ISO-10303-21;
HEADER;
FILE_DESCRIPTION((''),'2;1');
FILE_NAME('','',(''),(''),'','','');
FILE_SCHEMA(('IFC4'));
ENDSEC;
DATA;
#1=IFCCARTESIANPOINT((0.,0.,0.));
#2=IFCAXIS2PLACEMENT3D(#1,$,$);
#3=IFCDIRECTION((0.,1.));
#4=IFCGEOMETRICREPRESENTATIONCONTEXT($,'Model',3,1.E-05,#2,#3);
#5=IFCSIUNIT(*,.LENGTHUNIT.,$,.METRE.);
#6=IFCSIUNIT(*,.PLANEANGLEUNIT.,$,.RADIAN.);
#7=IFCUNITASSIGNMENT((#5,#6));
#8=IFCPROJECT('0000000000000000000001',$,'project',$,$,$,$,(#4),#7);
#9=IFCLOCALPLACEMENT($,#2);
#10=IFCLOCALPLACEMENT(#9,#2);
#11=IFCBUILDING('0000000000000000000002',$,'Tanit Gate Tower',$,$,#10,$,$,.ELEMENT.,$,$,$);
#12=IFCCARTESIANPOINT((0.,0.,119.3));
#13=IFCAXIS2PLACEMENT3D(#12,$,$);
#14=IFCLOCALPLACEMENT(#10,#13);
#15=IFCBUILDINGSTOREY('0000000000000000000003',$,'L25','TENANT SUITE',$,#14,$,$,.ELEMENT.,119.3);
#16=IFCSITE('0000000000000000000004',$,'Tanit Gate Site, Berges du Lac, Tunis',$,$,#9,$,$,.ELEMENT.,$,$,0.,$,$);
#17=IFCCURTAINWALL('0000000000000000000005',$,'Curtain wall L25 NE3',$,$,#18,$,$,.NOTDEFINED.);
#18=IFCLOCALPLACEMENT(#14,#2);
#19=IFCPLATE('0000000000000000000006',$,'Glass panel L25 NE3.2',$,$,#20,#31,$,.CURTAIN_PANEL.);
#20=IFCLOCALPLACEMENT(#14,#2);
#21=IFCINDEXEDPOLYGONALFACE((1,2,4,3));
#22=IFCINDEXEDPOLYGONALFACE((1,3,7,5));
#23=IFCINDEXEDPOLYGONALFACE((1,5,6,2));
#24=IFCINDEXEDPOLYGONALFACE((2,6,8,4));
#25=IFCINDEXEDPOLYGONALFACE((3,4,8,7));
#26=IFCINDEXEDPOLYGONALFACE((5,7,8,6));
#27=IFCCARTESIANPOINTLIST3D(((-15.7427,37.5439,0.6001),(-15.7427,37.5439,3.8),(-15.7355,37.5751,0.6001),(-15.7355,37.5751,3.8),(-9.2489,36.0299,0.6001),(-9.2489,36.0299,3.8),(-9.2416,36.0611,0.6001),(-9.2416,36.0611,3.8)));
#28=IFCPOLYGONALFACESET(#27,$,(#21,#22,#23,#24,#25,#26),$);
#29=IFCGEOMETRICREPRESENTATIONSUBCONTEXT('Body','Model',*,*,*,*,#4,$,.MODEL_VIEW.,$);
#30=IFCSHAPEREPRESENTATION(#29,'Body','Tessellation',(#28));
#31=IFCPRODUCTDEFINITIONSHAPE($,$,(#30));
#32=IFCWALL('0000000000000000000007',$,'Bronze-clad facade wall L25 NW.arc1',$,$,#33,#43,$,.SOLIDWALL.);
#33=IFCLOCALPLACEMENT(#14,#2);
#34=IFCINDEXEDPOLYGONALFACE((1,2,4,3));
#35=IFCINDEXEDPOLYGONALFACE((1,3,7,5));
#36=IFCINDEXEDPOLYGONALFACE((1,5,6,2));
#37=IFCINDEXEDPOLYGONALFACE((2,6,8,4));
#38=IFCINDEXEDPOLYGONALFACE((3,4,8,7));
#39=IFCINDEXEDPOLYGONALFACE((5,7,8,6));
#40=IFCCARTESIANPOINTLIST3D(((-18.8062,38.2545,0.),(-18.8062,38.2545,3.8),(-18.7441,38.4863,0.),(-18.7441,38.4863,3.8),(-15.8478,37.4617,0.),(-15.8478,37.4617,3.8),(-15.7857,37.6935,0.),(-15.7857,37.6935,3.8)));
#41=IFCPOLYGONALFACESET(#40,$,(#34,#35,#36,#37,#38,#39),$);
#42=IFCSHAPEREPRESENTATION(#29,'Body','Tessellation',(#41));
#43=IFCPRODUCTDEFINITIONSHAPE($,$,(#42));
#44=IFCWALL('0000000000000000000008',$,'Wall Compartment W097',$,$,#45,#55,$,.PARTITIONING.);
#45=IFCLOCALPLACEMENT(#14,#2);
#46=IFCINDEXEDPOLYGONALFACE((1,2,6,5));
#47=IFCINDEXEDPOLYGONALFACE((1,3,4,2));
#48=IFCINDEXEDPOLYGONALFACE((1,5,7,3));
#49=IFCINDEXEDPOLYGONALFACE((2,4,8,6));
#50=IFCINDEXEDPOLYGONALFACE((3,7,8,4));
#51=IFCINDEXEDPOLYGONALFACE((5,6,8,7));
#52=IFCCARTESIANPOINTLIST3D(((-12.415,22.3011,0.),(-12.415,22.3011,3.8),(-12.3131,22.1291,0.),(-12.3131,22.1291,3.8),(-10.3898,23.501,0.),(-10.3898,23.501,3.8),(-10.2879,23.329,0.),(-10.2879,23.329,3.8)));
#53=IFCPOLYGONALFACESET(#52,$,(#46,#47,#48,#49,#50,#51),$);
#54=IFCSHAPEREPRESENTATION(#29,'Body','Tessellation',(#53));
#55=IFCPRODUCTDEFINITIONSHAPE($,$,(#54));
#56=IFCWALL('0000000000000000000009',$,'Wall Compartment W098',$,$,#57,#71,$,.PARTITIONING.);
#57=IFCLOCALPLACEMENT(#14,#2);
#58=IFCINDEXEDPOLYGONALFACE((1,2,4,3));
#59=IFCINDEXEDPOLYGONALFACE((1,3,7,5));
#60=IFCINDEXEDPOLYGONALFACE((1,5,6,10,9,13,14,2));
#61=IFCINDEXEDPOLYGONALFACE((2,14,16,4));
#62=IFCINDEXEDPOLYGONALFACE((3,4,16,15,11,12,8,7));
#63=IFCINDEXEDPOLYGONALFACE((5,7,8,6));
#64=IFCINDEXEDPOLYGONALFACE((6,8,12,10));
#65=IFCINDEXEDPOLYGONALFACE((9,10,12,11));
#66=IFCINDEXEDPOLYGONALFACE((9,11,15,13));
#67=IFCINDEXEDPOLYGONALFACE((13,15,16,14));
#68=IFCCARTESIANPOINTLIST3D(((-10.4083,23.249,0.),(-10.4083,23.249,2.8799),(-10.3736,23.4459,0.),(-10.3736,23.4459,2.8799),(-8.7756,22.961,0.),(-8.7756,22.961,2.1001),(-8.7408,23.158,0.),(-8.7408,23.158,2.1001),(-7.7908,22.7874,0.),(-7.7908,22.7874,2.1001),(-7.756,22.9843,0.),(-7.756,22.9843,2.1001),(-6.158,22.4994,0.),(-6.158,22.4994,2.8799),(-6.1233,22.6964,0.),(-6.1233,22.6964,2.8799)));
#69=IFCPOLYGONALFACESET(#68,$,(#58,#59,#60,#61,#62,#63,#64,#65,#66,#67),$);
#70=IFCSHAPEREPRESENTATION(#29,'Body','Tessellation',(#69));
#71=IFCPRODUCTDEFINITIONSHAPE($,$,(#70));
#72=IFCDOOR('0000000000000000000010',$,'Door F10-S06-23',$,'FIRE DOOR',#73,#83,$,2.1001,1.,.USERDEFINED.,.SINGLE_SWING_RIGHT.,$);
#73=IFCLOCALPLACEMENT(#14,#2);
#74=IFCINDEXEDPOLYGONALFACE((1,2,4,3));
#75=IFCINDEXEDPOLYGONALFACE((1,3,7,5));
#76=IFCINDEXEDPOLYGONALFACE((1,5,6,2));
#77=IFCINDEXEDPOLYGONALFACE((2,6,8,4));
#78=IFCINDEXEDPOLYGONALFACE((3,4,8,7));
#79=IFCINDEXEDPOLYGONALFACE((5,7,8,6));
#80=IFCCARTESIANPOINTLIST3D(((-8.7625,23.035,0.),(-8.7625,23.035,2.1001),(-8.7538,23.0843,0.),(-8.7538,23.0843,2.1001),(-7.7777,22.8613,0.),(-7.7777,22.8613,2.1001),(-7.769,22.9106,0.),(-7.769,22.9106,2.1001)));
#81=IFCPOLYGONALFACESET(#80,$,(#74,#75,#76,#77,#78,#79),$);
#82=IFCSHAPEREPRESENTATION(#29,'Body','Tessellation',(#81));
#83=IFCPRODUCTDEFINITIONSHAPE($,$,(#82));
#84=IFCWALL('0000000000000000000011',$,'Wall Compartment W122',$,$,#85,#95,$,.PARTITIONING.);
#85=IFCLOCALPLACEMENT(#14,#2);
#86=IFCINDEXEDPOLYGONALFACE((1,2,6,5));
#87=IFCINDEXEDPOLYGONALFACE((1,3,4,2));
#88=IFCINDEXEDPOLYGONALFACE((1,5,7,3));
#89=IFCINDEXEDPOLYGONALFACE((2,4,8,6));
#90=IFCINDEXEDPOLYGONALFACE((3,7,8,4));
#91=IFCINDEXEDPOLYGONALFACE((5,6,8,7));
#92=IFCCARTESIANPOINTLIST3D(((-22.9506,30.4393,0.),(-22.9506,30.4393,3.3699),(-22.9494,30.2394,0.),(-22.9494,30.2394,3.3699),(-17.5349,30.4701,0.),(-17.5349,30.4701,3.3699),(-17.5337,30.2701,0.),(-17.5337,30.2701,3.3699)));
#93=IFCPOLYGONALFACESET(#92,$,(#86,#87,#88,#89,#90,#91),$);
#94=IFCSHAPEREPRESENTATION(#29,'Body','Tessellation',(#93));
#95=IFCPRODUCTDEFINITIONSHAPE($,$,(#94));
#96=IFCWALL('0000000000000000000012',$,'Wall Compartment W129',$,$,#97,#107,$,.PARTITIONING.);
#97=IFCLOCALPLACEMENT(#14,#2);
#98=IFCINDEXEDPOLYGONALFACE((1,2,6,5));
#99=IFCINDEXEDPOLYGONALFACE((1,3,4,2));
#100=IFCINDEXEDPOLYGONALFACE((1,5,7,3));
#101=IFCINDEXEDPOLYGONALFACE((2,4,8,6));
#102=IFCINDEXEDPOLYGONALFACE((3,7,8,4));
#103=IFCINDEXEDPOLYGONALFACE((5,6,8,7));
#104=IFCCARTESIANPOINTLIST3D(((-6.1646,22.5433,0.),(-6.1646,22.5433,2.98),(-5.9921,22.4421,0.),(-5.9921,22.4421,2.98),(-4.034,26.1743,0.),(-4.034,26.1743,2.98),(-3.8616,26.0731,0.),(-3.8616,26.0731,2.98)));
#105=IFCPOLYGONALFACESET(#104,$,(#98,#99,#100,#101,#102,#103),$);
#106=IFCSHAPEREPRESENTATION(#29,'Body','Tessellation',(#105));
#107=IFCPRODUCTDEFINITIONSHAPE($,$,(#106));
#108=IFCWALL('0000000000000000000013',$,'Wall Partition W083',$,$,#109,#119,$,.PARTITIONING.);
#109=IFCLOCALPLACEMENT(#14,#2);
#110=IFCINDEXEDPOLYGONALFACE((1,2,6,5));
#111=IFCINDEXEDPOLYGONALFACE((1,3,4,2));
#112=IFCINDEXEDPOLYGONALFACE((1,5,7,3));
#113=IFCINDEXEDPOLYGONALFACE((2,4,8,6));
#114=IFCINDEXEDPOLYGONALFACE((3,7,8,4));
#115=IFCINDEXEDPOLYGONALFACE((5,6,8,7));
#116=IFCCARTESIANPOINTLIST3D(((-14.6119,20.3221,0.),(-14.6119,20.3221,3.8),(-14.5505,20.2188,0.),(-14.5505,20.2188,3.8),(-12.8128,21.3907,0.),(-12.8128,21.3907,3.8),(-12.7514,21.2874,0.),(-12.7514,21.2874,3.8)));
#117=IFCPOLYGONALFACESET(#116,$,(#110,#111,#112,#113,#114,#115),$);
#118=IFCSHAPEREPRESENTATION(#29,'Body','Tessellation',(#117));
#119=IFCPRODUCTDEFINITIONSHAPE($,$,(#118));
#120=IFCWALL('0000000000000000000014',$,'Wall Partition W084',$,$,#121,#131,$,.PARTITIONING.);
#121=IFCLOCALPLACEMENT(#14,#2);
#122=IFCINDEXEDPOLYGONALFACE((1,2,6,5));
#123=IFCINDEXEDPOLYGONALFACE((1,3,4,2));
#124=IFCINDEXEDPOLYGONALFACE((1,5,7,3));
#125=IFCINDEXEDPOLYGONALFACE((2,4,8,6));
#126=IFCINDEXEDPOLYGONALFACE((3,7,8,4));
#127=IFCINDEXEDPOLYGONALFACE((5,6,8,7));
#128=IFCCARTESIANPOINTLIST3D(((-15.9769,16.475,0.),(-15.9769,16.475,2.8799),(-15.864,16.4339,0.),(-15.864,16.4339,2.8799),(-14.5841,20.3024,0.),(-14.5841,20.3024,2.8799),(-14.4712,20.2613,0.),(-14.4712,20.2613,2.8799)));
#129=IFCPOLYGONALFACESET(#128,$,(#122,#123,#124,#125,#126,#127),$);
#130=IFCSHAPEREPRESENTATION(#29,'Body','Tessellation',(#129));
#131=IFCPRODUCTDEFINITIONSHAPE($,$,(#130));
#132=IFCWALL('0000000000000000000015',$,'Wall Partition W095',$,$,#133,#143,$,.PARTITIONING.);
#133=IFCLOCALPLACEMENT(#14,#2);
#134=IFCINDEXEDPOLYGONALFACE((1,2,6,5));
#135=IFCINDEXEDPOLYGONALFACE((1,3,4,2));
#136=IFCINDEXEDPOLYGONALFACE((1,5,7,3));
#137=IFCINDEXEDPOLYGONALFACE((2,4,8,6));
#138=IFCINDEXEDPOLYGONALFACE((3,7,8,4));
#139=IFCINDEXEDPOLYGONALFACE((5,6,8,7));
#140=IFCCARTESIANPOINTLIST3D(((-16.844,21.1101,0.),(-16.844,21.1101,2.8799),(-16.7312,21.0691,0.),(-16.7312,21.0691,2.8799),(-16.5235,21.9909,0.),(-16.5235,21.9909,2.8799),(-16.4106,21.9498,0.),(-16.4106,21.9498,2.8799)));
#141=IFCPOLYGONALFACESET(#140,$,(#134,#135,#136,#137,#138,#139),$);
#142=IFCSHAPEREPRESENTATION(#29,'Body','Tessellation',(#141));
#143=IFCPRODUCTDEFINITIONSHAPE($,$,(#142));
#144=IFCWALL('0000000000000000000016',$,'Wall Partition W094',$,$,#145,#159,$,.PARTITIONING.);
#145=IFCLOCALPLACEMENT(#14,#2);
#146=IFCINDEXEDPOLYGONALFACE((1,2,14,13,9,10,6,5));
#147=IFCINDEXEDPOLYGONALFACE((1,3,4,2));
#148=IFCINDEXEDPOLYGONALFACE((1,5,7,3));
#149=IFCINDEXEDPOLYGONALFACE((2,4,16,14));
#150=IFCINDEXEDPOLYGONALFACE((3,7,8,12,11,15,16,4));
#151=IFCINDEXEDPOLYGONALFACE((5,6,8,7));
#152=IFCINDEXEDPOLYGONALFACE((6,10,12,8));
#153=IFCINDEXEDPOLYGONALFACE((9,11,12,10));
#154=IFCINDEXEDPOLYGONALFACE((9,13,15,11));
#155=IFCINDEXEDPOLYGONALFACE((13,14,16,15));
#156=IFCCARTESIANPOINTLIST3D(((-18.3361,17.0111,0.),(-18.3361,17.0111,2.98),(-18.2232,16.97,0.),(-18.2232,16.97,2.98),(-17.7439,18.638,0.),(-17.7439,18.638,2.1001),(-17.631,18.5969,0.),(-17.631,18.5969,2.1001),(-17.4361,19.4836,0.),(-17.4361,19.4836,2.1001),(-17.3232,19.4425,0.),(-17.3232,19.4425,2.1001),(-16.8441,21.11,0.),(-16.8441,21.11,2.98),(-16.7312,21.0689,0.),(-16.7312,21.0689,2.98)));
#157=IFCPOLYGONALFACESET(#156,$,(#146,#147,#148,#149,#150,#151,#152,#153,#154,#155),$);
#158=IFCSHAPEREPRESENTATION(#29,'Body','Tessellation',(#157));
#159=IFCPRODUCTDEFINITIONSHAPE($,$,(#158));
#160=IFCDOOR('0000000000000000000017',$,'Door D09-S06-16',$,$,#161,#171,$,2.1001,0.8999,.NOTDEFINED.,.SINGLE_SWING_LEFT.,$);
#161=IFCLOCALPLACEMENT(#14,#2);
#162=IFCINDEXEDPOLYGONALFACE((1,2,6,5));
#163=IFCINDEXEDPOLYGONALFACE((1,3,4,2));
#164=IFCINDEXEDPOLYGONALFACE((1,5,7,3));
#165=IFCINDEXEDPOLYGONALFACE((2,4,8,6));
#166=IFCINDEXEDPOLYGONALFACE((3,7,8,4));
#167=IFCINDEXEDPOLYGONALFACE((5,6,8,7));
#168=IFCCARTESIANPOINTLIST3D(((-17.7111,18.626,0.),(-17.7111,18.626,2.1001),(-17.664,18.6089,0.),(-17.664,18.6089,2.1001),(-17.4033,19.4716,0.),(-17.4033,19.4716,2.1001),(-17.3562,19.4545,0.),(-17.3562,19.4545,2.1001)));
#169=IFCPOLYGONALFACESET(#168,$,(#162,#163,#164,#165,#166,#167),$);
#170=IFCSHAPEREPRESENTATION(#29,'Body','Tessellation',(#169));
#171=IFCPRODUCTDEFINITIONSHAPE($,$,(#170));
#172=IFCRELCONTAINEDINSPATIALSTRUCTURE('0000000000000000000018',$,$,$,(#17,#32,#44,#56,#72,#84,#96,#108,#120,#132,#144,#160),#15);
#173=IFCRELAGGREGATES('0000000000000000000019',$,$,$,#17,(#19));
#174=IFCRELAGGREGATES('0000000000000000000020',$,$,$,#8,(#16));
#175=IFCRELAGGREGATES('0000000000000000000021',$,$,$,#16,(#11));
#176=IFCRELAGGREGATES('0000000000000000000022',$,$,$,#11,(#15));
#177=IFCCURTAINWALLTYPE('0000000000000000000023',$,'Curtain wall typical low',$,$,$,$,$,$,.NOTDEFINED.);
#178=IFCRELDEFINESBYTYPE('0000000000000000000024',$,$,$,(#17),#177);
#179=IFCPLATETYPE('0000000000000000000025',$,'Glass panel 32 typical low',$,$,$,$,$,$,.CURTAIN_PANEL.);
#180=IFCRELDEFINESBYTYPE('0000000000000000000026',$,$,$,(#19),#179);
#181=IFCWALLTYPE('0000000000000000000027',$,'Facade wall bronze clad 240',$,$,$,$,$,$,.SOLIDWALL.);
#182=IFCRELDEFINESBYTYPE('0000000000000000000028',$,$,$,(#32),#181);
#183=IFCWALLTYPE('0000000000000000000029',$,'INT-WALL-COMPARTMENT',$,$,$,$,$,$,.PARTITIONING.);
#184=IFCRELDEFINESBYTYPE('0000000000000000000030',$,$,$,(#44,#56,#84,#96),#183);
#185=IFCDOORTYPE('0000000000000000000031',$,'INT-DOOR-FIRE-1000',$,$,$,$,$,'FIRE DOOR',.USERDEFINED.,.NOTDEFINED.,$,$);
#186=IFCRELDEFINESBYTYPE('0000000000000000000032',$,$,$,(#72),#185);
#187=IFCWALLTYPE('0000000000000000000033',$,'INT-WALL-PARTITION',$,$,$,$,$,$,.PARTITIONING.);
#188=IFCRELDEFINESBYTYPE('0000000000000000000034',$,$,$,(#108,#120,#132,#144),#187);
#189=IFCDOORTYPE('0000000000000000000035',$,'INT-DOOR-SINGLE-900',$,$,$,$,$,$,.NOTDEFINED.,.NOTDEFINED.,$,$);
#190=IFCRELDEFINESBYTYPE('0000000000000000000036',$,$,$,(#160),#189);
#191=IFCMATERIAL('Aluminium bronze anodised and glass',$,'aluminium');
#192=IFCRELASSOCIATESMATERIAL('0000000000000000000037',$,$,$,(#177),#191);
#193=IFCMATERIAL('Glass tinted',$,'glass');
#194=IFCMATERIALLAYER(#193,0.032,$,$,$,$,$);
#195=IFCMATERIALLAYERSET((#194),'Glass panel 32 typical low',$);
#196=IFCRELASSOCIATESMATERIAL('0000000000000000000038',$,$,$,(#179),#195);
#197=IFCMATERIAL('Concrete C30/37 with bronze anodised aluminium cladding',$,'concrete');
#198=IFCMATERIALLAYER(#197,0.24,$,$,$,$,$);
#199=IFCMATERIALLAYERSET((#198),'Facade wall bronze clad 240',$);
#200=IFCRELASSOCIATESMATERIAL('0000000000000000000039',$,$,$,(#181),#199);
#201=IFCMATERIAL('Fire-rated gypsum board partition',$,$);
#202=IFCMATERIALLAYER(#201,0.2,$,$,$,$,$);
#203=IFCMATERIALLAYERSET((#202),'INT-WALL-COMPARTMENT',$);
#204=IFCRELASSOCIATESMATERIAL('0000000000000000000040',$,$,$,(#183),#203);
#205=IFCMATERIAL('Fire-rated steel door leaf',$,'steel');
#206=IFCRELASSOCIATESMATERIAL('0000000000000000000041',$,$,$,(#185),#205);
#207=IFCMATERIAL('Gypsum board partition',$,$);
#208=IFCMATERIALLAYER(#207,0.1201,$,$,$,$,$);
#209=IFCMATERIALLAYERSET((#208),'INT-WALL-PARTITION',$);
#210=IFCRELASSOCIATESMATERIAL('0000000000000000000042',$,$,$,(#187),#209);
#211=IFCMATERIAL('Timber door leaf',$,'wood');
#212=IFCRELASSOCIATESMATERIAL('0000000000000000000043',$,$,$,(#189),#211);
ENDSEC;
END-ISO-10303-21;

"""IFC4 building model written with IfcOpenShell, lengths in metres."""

from ifc_helpers import new_model, si_unit, direction, frame, frame_2d, origin, origin_2d, place, context, subcontext, project, spatial, rectangle, extrude, material, layer, layer_set, type_object, element, fill, aggregate, save


model = new_model("IFC4")

# Units and contexts
model_context = context("Model", 3, precision=1e-05, world=origin(), true_north=direction((0.0, 1.0)))
body_context = subcontext(model_context, "Body", "Model", "MODEL_VIEW")
ifc_project = project(units=[si_unit("LENGTHUNIT", "METRE"), si_unit("PLANEANGLEUNIT", "RADIAN")], contexts=[model_context])

# Site, building, storey
site_placement = place(None, origin())
site = spatial("IfcSite", under=ifc_project, at=site_placement, Name="Tanit Gate Site, Berges du Lac, Tunis", CompositionType="ELEMENT", RefElevation=0.0)
building_placement = place(site_placement, origin())
building = spatial("IfcBuilding", under=site, at=building_placement, Name="Tanit Gate Tower", CompositionType="ELEMENT")
storey_placement = place(building_placement, frame((0.0, 0.0, 119.3)))
storey = spatial("IfcBuildingStorey", under=building, at=storey_placement, Name="L25", Description="TENANT SUITE", CompositionType="ELEMENT", Elevation=119.3)

# Curtain wall
ifc_material_1 = material(Name="Aluminium bronze anodised and glass", Category="aluminium")
curtain_wall_type = type_object("IfcCurtainWallType", Name="Curtain wall typical low", PredefinedType="NOTDEFINED", material=ifc_material_1)
curtain_wall_placement = place(storey_placement, origin())
curtain_wall = element("IfcCurtainWall", 1, at=curtain_wall_placement, inside=storey, type_object=curtain_wall_type, Name="Curtain wall L25 NE3", PredefinedType="NOTDEFINED")

# Plate
ifc_material_2 = material(Name="Glass tinted", Category="glass")
ifc_layer_1 = layer(ifc_material_2, 0.032)
ifc_layer_set_1 = layer_set([ifc_layer_1], Name="Glass panel 32 typical low")
plate_type = type_object("IfcPlateType", Name="Glass panel 32 typical low", PredefinedType="CURTAIN_PANEL", material=ifc_layer_set_1)
plate_1_placement = place(storey_placement, frame((-12.4922, 36.8025, 0.6001), z_axis=(0.0, 0.0, 1.0), x_axis=(-0.973882, 0.227056, 0.0)))
plate_1 = element("IfcPlate", 2, at=plate_1_placement, type_object=plate_type, Name="Glass panel L25 NE3.2", PredefinedType="CURTAIN_PANEL", context=body_context, shape_type="SweptSolid", body=[
    extrude(rectangle(XDim=6.668, YDim=0.032, at=origin_2d()), origin(), (0.0, 0.0, 1.0), 3.2),
])
aggregate(curtain_wall, [plate_1])

# Walls
ifc_material_3 = material(Name="Concrete C30/37 with bronze anodised aluminium cladding", Category="concrete")
ifc_layer_2 = layer(ifc_material_3, 0.24)
ifc_layer_set_2 = layer_set([ifc_layer_2], Name="Facade wall bronze clad 240")
wall_type_1 = type_object("IfcWallType", Name="Facade wall bronze clad 240", PredefinedType="SOLIDWALL", material=ifc_layer_set_2)
wall_1_placement = place(storey_placement, frame((-15.8169, 37.5776, 0.0), z_axis=(0.0, 0.0, 1.0), x_axis=(-0.965921, 0.258838, 0.0)))
element("IfcWall", 3, at=wall_1_placement, inside=storey, type_object=wall_type_1, Name="Bronze-clad facade wall L25 NW.arc1", PredefinedType="SOLIDWALL", context=body_context, shape_type="SweptSolid", body=[
    extrude(rectangle(XDim=3.0627, YDim=0.24, at=frame_2d((1.5312, 0.0))), origin(), (0.0, 0.0, 1.0), 3.8),
])
ifc_material_4 = material(Name="Fire-rated gypsum board partition")
ifc_layer_3 = layer(ifc_material_4, 0.2)
ifc_layer_set_3 = layer_set([ifc_layer_3], Name="INT-WALL-COMPARTMENT")
wall_type_2 = type_object("IfcWallType", Name="INT-WALL-COMPARTMENT", PredefinedType="PARTITIONING", material=ifc_layer_set_3)
wall_2_placement = place(storey_placement, frame((-10.3389, 23.415, 0.0), z_axis=(0.0, 0.0, 1.0), x_axis=(-0.860317, -0.50976, 0.0)))
element("IfcWall", 4, at=wall_2_placement, inside=storey, type_object=wall_type_2, Name="Wall Compartment W097", PredefinedType="PARTITIONING", context=body_context, shape_type="SweptSolid", body=[
    extrude(rectangle(XDim=2.354, YDim=0.2, at=frame_2d((1.177, 0.0))), origin(), (0.0, 0.0, 1.0), 3.8),
])

# Wall, opening, door
wall_3_placement = place(storey_placement, frame((-6.1406, 22.5979, 0.0), z_axis=(0.0, 0.0, 1.0), x_axis=(-0.984805, 0.173666, 0.0)))
wall_3 = element("IfcWall", 5, at=wall_3_placement, inside=storey, type_object=wall_type_2, Name="Wall Compartment W098", PredefinedType="PARTITIONING", context=body_context, shape_type="SweptSolid", body=[
    extrude(rectangle(XDim=4.3159, YDim=0.2, at=frame_2d((2.158, 0.0))), origin(), (0.0, 0.0, 1.0), 2.8799),
])
opening_1_placement = place(wall_3_placement, frame((1.658, 0.0, 0.0)))
opening_1 = element("IfcOpeningElement", 6, at=opening_1_placement, cuts=wall_3, PredefinedType="OPENING", context=body_context, shape_type="SweptSolid", body=[
    extrude(rectangle(XDim=1.0, YDim=2.1001, at=frame_2d((0.5, 1.05))), frame((0.0, 0.1099, 0.0), z_axis=(0.0, -1.0, 0.0), x_axis=(1.0, 0.0, 0.0)), (0.0, 0.0, 1.0), 0.22),
])
ifc_material_5 = material(Name="Fire-rated steel door leaf", Category="steel")
door_type_1 = type_object("IfcDoorType", Name="INT-DOOR-FIRE-1000", ElementType="FIRE DOOR", OperationType="NOTDEFINED", PredefinedType="USERDEFINED", material=ifc_material_5)
door_1_placement = place(opening_1_placement, origin())
door_1 = element("IfcDoor", 7, at=door_1_placement, inside=storey, type_object=door_type_1, Name="Door F10-S06-23", ObjectType="FIRE DOOR", OperationType="SINGLE_SWING_RIGHT", OverallHeight=2.1001, OverallWidth=1.0, PredefinedType="USERDEFINED", context=body_context, shape_type="SweptSolid", body=[
    extrude(rectangle(XDim=1.0, YDim=2.1001, at=frame_2d((0.5, 1.05))), frame((0.0, 0.0249, 0.0), z_axis=(0.0, -1.0, 0.0), x_axis=(1.0, 0.0, 0.0)), (0.0, 0.0, 1.0), 0.05),
])
fill(opening_1, door_1)

# Walls
wall_4_placement = place(storey_placement, frame((-17.5342, 30.3701, 0.0), z_axis=(0.0, 0.0, 1.0), x_axis=(-0.999984, -0.00568, 0.0)))
element("IfcWall", 8, at=wall_4_placement, inside=storey, type_object=wall_type_2, Name="Wall Compartment W122", PredefinedType="PARTITIONING", context=body_context, shape_type="SweptSolid", body=[
    extrude(rectangle(XDim=5.4158, YDim=0.2, at=frame_2d((2.708, 0.0))), origin(), (0.0, 0.0, 1.0), 3.3699),
])
wall_5_placement = place(storey_placement, frame((-6.0784, 22.4927, 0.0), z_axis=(0.0, 0.0, 1.0), x_axis=(0.50608, 0.862487, 0.0)))
element("IfcWall", 9, at=wall_5_placement, inside=storey, type_object=wall_type_2, Name="Wall Compartment W129", PredefinedType="PARTITIONING", context=body_context, shape_type="SweptSolid", body=[
    extrude(rectangle(XDim=4.21, YDim=0.2, at=frame_2d((2.105, 0.0))), origin(), (0.0, 0.0, 1.0), 2.98),
])
ifc_material_6 = material(Name="Gypsum board partition")
ifc_layer_4 = layer(ifc_material_6, 0.1201)
ifc_layer_set_4 = layer_set([ifc_layer_4], Name="INT-WALL-PARTITION")
wall_type_3 = type_object("IfcWallType", Name="INT-WALL-PARTITION", PredefinedType="PARTITIONING", material=ifc_layer_set_4)
wall_6_placement = place(storey_placement, frame((-12.782, 21.3391, 0.0), z_axis=(0.0, 0.0, 1.0), x_axis=(-0.85977, -0.510682, 0.0)))
element("IfcWall", 10, at=wall_6_placement, inside=storey, type_object=wall_type_3, Name="Wall Partition W083", PredefinedType="PARTITIONING", context=body_context, shape_type="SweptSolid", body=[
    extrude(rectangle(XDim=2.0925, YDim=0.1201, at=frame_2d((1.0464, 0.0))), origin(), (0.0, 0.0, 1.0), 3.8),
])
wall_7_placement = place(storey_placement, frame((-14.5276, 20.282, 0.0), z_axis=(0.0, 0.0, 1.0), x_axis=(-0.341969, -0.939711, 0.0)))
element("IfcWall", 11, at=wall_7_placement, inside=storey, type_object=wall_type_3, Name="Wall Partition W084", PredefinedType="PARTITIONING", context=body_context, shape_type="SweptSolid", body=[
    extrude(rectangle(XDim=4.073, YDim=0.1201, at=frame_2d((2.0366, 0.0))), origin(), (0.0, 0.0, 1.0), 2.8799),
])
wall_8_placement = place(storey_placement, frame((-16.467, 21.9705, 0.0), z_axis=(0.0, 0.0, 1.0), x_axis=(-0.341973, -0.93971, 0.0)))
element("IfcWall", 12, at=wall_8_placement, inside=storey, type_object=wall_type_3, Name="Wall Partition W095", PredefinedType="PARTITIONING", context=body_context, shape_type="SweptSolid", body=[
    extrude(rectangle(XDim=0.9373, YDim=0.1201, at=frame_2d((0.4688, 0.0))), origin(), (0.0, 0.0, 1.0), 2.8799),
])

# Wall, opening, door
wall_9_placement = place(storey_placement, frame((-16.7876, 21.0896, 0.0), z_axis=(0.0, 0.0, 1.0), x_axis=(-0.342035, -0.939687, 0.0)))
wall_9 = element("IfcWall", 13, at=wall_9_placement, inside=storey, type_object=wall_type_3, Name="Wall Partition W094", PredefinedType="PARTITIONING", context=body_context, shape_type="SweptSolid", body=[
    extrude(rectangle(XDim=4.3621, YDim=0.1201, at=frame_2d((2.1812, 0.0))), origin(), (0.0, 0.0, 1.0), 2.98),
])
opening_2_placement = place(wall_9_placement, frame((1.731, 0.0, 0.0)))
opening_2 = element("IfcOpeningElement", 14, at=opening_2_placement, cuts=wall_9, PredefinedType="OPENING", context=body_context, shape_type="SweptSolid", body=[
    extrude(rectangle(XDim=0.8999, YDim=2.1001, at=frame_2d((0.45, 1.05))), frame((0.0, 0.0701, 0.0), z_axis=(0.0, -1.0, 0.0), x_axis=(1.0, 0.0, 0.0)), (0.0, 0.0, 1.0), 0.1401),
])
ifc_material_7 = material(Name="Timber door leaf", Category="wood")
door_type_2 = type_object("IfcDoorType", Name="INT-DOOR-SINGLE-900", OperationType="NOTDEFINED", PredefinedType="NOTDEFINED", material=ifc_material_7)
door_2_placement = place(opening_2_placement, origin())
door_2 = element("IfcDoor", 15, at=door_2_placement, inside=storey, type_object=door_type_2, Name="Door D09-S06-16", OperationType="SINGLE_SWING_LEFT", OverallHeight=2.1001, OverallWidth=0.8999, PredefinedType="NOTDEFINED", context=body_context, shape_type="SweptSolid", body=[
    extrude(rectangle(XDim=0.8999, YDim=2.1001, at=frame_2d((0.45, 1.05))), frame((0.0, 0.0249, 0.0), z_axis=(0.0, -1.0, 0.0), x_axis=(1.0, 0.0, 0.0)), (0.0, 0.0, 1.0), 0.05),
])
fill(opening_2, door_2)

save(model, "model.ifc")
